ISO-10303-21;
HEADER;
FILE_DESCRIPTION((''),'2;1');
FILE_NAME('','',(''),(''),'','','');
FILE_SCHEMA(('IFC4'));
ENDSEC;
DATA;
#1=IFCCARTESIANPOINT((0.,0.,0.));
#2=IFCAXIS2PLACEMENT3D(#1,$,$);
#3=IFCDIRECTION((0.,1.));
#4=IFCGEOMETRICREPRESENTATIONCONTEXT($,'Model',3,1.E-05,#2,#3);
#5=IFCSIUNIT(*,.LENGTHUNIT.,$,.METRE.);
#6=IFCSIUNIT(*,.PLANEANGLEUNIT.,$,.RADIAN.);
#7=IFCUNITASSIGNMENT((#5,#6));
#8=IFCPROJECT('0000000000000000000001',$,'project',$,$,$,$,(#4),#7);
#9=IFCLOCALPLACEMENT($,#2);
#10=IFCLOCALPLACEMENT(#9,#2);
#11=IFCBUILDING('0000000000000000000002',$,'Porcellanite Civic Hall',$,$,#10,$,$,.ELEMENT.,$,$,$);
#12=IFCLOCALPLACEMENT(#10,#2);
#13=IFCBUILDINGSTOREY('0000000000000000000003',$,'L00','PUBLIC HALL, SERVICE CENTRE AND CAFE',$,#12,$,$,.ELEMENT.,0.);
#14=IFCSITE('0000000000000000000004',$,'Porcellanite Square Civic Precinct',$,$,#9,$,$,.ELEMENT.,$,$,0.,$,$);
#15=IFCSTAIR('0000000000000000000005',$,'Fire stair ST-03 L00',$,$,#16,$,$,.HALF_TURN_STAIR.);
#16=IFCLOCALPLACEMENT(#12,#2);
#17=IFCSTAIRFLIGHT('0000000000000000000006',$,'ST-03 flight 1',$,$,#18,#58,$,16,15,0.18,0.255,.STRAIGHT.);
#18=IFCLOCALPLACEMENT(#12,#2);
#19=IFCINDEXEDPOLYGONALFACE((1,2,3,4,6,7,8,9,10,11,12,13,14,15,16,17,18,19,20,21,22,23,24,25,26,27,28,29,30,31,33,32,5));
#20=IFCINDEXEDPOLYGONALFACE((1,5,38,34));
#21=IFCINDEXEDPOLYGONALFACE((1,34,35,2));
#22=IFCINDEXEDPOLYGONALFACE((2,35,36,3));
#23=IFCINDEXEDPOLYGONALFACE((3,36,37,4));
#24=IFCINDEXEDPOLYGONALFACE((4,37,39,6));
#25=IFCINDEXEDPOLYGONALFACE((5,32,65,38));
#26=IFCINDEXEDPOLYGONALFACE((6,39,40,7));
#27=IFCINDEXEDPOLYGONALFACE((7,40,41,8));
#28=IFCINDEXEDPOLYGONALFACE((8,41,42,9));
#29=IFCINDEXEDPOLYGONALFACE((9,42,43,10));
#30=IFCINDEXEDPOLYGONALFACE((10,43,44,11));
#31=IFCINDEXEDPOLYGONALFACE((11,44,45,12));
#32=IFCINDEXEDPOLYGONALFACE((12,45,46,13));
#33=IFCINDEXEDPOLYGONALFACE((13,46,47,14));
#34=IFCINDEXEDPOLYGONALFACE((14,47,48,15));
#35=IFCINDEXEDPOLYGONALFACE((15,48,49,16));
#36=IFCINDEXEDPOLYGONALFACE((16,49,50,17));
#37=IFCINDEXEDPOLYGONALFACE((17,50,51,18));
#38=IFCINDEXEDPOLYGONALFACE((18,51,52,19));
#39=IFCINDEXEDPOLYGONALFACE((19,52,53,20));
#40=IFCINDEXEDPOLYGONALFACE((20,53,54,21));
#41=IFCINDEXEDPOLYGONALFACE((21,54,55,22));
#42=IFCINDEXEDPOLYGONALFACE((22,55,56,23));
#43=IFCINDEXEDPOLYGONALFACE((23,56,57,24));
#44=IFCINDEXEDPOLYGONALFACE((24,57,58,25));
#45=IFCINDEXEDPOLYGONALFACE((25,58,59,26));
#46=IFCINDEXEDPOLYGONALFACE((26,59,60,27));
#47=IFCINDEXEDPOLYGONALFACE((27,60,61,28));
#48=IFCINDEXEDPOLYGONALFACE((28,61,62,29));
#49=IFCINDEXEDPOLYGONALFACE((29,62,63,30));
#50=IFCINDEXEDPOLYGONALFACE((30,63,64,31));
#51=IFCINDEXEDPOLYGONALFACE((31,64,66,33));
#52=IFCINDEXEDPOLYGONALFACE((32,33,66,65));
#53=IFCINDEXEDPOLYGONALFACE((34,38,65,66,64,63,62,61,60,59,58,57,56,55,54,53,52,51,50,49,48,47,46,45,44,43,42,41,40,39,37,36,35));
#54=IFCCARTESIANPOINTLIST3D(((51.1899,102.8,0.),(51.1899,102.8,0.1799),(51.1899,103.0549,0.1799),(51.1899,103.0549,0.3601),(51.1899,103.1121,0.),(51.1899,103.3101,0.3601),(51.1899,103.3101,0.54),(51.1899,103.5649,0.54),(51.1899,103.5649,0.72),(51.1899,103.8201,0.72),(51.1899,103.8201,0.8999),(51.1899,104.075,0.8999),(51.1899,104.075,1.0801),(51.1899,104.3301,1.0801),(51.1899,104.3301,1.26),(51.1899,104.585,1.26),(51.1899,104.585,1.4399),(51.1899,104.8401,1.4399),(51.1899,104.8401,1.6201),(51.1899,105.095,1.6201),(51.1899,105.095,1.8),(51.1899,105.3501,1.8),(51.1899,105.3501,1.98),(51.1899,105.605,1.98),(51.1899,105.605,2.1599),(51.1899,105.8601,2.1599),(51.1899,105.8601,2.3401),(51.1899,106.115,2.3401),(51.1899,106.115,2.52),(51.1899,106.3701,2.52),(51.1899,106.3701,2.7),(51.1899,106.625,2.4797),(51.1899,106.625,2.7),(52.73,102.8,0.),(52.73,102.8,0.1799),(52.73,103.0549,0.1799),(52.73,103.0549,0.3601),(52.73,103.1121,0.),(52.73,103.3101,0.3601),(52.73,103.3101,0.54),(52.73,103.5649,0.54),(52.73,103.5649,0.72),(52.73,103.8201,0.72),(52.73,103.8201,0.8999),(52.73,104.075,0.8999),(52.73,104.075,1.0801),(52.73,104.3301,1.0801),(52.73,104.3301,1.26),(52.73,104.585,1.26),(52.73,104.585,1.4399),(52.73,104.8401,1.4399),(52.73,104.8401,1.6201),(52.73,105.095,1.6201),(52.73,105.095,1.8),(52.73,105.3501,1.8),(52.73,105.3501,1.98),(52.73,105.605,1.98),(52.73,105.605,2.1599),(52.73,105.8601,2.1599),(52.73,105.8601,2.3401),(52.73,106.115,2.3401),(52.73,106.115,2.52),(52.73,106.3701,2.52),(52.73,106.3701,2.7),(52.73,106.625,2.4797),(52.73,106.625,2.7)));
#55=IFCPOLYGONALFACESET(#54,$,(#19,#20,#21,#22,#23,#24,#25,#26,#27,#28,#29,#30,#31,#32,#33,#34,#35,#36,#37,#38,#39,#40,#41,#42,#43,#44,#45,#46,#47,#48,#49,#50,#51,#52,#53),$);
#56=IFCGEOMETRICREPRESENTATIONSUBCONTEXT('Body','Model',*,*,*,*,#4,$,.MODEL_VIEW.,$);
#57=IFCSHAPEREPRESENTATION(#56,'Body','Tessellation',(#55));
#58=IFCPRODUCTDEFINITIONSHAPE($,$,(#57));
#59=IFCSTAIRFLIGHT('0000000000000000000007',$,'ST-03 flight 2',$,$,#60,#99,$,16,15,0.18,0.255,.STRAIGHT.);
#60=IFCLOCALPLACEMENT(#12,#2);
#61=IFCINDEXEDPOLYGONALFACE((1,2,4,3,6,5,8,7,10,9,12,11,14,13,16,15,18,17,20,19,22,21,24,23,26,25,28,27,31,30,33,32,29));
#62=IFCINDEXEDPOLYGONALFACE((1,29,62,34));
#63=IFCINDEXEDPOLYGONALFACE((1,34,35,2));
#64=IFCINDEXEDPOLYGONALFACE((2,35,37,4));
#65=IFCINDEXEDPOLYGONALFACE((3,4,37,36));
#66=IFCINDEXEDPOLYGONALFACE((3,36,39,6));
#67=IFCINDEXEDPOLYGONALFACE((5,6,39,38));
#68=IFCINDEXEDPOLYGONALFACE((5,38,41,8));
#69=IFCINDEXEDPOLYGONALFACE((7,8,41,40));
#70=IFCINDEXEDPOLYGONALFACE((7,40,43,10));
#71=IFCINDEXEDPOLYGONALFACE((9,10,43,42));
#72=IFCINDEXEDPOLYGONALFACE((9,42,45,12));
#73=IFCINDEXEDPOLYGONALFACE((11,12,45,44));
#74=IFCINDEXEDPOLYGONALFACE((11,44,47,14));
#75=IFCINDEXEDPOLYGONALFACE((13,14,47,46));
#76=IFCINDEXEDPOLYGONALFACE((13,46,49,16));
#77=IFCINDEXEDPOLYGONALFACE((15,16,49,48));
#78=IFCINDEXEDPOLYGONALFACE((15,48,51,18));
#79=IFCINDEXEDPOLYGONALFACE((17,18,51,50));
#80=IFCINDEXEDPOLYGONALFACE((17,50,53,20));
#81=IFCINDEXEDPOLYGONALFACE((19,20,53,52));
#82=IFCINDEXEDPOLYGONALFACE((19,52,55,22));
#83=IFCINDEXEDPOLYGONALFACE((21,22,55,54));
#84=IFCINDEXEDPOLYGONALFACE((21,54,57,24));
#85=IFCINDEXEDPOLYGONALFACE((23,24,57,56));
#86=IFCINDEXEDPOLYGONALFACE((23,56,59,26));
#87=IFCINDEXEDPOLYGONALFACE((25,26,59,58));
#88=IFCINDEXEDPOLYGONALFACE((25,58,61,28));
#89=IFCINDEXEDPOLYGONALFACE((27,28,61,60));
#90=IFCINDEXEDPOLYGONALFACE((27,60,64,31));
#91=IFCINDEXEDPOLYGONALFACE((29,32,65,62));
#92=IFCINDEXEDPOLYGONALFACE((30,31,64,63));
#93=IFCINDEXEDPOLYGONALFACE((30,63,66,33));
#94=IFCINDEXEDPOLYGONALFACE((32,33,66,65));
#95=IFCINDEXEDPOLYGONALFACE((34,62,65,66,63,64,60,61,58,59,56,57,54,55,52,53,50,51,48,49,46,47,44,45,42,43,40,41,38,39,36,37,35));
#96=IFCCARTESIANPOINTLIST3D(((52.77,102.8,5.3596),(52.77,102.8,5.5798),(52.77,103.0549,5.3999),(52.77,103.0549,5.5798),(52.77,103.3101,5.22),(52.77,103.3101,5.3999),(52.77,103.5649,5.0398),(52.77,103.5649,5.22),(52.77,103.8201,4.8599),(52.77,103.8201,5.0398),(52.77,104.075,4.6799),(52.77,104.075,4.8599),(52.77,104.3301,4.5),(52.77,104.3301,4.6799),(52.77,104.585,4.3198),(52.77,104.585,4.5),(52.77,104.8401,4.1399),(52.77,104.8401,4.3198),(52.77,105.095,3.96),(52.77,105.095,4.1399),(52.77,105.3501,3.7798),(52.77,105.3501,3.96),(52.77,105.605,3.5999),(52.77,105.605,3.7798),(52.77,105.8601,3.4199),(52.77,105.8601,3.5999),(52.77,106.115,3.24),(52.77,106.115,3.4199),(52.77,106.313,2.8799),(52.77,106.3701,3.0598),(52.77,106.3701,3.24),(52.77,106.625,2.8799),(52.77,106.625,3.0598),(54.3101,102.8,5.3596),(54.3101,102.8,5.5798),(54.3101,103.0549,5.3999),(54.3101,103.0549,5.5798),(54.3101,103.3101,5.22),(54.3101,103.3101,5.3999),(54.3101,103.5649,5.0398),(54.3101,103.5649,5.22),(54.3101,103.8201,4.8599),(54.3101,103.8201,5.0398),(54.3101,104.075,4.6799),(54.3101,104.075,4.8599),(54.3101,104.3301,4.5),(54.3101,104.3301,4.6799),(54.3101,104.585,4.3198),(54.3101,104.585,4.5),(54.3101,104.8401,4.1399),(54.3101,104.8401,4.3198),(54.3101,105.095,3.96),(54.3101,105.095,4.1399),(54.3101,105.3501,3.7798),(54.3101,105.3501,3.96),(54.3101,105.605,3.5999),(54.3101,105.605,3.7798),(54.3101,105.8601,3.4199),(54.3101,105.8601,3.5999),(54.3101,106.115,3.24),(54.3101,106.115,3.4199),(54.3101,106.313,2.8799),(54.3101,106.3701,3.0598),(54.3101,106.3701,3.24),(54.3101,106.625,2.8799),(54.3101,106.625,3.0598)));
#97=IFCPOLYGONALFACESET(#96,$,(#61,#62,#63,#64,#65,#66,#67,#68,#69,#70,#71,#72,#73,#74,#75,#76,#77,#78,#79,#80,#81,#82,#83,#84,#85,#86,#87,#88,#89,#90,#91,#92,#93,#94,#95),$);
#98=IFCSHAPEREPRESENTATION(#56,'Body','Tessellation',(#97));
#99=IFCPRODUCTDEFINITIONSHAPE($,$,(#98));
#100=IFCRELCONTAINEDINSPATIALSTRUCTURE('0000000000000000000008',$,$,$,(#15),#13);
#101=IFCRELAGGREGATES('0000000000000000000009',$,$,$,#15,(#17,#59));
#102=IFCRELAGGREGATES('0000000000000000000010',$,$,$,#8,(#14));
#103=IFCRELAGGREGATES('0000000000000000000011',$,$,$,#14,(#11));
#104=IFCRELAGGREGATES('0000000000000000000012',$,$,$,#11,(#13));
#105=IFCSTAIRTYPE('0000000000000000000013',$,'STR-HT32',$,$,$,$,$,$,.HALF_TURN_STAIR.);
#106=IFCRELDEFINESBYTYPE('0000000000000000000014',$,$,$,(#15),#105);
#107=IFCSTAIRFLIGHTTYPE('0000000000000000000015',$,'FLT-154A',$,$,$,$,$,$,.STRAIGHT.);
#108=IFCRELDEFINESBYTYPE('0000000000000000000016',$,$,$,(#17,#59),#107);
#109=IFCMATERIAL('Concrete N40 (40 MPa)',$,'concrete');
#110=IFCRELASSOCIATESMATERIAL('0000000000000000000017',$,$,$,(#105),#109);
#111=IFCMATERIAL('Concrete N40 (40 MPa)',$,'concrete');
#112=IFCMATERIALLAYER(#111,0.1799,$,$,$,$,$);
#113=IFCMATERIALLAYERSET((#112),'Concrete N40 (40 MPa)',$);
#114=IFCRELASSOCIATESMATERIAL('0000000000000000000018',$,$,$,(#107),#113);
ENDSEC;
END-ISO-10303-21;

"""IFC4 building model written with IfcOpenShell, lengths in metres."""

from ifc_helpers import new_model, si_unit, direction, frame, origin, place, context, subcontext, project, spatial, polyline, outline, extrude, material, layer, layer_set, type_object, element, aggregate, save


model = new_model("IFC4")

# Units and contexts
model_context = context("Model", 3, precision=1e-05, world=origin(), true_north=direction((0.0, 1.0)))
body_context = subcontext(model_context, "Body", "Model", "MODEL_VIEW")
ifc_project = project(units=[si_unit("LENGTHUNIT", "METRE"), si_unit("PLANEANGLEUNIT", "RADIAN")], contexts=[model_context])

# Site, building, storey
site_placement = place(None, origin())
site = spatial("IfcSite", under=ifc_project, at=site_placement, Name="Porcellanite Square Civic Precinct", CompositionType="ELEMENT", RefElevation=0.0)
building_placement = place(site_placement, origin())
building = spatial("IfcBuilding", under=site, at=building_placement, Name="Porcellanite Civic Hall", CompositionType="ELEMENT")
storey_placement = place(building_placement, origin())
storey = spatial("IfcBuildingStorey", under=building, at=storey_placement, Name="L00", Description="PUBLIC HALL, SERVICE CENTRE AND CAFE", CompositionType="ELEMENT", Elevation=0.0)

# Stair, stair flights
ifc_material_1 = material(Name="Concrete N40 (40 MPa)", Category="concrete")
stair_type = type_object("IfcStairType", Name="STR-HT32", PredefinedType="HALF_TURN_STAIR", material=ifc_material_1)
stair_placement = place(storey_placement, origin())
stair = element("IfcStair", 1, at=stair_placement, inside=storey, type_object=stair_type, Name="Fire stair ST-03 L00", PredefinedType="HALF_TURN_STAIR")
ifc_material_2 = material(Name="Concrete N40 (40 MPa)", Category="concrete")
ifc_layer_1 = layer(ifc_material_2, 0.1799)
ifc_layer_set_1 = layer_set([ifc_layer_1], Name="Concrete N40 (40 MPa)")
stair_flight_type = type_object("IfcStairFlightType", Name="FLT-154A", PredefinedType="STRAIGHT", material=ifc_layer_set_1)
stair_flight_1_placement = place(storey_placement, frame((51.96, 102.8, 0.0), z_axis=(0.0, 0.0, 1.0), x_axis=(0.0, 1.0, 0.0)))
stair_flight_1 = element("IfcStairFlight", 2, at=stair_flight_1_placement, type_object=stair_flight_type, Name="ST-03 flight 1", NumberOfRisers=16, NumberOfTreads=15, PredefinedType="STRAIGHT", RiserHeight=0.18, TreadLength=0.255, context=body_context, shape_type="SweptSolid", body=[
    extrude(outline(polyline([(0.0, 0.0), (0.0, 0.1799), (0.2549, 0.1799), (0.2549, 0.3601), (0.51, 0.3601), (0.51, 0.54), (0.7649, 0.54), (0.7649, 0.72), (1.02, 0.72), (1.02, 0.8999), (1.2749, 0.8999), (1.2749, 1.0801), (1.53, 1.0801), (1.53, 1.26), (1.7849, 1.26), (1.7849, 1.4399), (2.04, 1.4399), (2.04, 1.6201), (2.2949, 1.6201), (2.2949, 1.8), (2.55, 1.8), (2.55, 1.98), (2.8049, 1.98), (2.8049, 2.1599), (3.0601, 2.1599), (3.0601, 2.3401), (3.3149, 2.3401), (3.3149, 2.52), (3.5701, 2.52), (3.5701, 2.7), (3.825, 2.7), (3.825, 2.8799), (3.825, 2.4797), (0.312, 0.0), (0.0, 0.0)])), frame((0.0, 0.77, 0.0), z_axis=(0.0, -1.0, 0.0), x_axis=(1.0, 0.0, 0.0)), (0.0, 0.0, 1.0), 1.54),
])
stair_flight_2_placement = place(storey_placement, frame((53.54, 106.625, 2.8799), z_axis=(0.0, 0.0, 1.0), x_axis=(0.0, -1.0, 0.0)))
stair_flight_2 = element("IfcStairFlight", 3, at=stair_flight_2_placement, type_object=stair_flight_type, Name="ST-03 flight 2", NumberOfRisers=16, NumberOfTreads=15, PredefinedType="STRAIGHT", RiserHeight=0.18, TreadLength=0.255, context=body_context, shape_type="SweptSolid", body=[
    extrude(outline(polyline([(0.0, 0.0), (0.0, 0.1799), (0.2549, 0.1799), (0.2549, 0.3601), (0.51, 0.3601), (0.51, 0.54), (0.7649, 0.54), (0.7649, 0.72), (1.02, 0.72), (1.02, 0.8999), (1.2749, 0.8999), (1.2749, 1.0801), (1.53, 1.0801), (1.53, 1.26), (1.7849, 1.26), (1.7849, 1.4399), (2.04, 1.4399), (2.04, 1.6201), (2.2949, 1.6201), (2.2949, 1.8), (2.55, 1.8), (2.55, 1.98), (2.8049, 1.98), (2.8049, 2.1599), (3.0601, 2.1599), (3.0601, 2.3401), (3.3149, 2.3401), (3.3149, 2.52), (3.5701, 2.52), (3.5701, 2.7), (3.825, 2.7), (3.825, 2.8799), (3.825, 2.4797), (0.312, 0.0), (0.0, 0.0)])), frame((0.0, 0.77, 0.0), z_axis=(0.0, -1.0, 0.0), x_axis=(1.0, 0.0, 0.0)), (0.0, 0.0, 1.0), 1.54),
])
aggregate(stair, [stair_flight_1, stair_flight_2])

save(model, "model.ifc")
